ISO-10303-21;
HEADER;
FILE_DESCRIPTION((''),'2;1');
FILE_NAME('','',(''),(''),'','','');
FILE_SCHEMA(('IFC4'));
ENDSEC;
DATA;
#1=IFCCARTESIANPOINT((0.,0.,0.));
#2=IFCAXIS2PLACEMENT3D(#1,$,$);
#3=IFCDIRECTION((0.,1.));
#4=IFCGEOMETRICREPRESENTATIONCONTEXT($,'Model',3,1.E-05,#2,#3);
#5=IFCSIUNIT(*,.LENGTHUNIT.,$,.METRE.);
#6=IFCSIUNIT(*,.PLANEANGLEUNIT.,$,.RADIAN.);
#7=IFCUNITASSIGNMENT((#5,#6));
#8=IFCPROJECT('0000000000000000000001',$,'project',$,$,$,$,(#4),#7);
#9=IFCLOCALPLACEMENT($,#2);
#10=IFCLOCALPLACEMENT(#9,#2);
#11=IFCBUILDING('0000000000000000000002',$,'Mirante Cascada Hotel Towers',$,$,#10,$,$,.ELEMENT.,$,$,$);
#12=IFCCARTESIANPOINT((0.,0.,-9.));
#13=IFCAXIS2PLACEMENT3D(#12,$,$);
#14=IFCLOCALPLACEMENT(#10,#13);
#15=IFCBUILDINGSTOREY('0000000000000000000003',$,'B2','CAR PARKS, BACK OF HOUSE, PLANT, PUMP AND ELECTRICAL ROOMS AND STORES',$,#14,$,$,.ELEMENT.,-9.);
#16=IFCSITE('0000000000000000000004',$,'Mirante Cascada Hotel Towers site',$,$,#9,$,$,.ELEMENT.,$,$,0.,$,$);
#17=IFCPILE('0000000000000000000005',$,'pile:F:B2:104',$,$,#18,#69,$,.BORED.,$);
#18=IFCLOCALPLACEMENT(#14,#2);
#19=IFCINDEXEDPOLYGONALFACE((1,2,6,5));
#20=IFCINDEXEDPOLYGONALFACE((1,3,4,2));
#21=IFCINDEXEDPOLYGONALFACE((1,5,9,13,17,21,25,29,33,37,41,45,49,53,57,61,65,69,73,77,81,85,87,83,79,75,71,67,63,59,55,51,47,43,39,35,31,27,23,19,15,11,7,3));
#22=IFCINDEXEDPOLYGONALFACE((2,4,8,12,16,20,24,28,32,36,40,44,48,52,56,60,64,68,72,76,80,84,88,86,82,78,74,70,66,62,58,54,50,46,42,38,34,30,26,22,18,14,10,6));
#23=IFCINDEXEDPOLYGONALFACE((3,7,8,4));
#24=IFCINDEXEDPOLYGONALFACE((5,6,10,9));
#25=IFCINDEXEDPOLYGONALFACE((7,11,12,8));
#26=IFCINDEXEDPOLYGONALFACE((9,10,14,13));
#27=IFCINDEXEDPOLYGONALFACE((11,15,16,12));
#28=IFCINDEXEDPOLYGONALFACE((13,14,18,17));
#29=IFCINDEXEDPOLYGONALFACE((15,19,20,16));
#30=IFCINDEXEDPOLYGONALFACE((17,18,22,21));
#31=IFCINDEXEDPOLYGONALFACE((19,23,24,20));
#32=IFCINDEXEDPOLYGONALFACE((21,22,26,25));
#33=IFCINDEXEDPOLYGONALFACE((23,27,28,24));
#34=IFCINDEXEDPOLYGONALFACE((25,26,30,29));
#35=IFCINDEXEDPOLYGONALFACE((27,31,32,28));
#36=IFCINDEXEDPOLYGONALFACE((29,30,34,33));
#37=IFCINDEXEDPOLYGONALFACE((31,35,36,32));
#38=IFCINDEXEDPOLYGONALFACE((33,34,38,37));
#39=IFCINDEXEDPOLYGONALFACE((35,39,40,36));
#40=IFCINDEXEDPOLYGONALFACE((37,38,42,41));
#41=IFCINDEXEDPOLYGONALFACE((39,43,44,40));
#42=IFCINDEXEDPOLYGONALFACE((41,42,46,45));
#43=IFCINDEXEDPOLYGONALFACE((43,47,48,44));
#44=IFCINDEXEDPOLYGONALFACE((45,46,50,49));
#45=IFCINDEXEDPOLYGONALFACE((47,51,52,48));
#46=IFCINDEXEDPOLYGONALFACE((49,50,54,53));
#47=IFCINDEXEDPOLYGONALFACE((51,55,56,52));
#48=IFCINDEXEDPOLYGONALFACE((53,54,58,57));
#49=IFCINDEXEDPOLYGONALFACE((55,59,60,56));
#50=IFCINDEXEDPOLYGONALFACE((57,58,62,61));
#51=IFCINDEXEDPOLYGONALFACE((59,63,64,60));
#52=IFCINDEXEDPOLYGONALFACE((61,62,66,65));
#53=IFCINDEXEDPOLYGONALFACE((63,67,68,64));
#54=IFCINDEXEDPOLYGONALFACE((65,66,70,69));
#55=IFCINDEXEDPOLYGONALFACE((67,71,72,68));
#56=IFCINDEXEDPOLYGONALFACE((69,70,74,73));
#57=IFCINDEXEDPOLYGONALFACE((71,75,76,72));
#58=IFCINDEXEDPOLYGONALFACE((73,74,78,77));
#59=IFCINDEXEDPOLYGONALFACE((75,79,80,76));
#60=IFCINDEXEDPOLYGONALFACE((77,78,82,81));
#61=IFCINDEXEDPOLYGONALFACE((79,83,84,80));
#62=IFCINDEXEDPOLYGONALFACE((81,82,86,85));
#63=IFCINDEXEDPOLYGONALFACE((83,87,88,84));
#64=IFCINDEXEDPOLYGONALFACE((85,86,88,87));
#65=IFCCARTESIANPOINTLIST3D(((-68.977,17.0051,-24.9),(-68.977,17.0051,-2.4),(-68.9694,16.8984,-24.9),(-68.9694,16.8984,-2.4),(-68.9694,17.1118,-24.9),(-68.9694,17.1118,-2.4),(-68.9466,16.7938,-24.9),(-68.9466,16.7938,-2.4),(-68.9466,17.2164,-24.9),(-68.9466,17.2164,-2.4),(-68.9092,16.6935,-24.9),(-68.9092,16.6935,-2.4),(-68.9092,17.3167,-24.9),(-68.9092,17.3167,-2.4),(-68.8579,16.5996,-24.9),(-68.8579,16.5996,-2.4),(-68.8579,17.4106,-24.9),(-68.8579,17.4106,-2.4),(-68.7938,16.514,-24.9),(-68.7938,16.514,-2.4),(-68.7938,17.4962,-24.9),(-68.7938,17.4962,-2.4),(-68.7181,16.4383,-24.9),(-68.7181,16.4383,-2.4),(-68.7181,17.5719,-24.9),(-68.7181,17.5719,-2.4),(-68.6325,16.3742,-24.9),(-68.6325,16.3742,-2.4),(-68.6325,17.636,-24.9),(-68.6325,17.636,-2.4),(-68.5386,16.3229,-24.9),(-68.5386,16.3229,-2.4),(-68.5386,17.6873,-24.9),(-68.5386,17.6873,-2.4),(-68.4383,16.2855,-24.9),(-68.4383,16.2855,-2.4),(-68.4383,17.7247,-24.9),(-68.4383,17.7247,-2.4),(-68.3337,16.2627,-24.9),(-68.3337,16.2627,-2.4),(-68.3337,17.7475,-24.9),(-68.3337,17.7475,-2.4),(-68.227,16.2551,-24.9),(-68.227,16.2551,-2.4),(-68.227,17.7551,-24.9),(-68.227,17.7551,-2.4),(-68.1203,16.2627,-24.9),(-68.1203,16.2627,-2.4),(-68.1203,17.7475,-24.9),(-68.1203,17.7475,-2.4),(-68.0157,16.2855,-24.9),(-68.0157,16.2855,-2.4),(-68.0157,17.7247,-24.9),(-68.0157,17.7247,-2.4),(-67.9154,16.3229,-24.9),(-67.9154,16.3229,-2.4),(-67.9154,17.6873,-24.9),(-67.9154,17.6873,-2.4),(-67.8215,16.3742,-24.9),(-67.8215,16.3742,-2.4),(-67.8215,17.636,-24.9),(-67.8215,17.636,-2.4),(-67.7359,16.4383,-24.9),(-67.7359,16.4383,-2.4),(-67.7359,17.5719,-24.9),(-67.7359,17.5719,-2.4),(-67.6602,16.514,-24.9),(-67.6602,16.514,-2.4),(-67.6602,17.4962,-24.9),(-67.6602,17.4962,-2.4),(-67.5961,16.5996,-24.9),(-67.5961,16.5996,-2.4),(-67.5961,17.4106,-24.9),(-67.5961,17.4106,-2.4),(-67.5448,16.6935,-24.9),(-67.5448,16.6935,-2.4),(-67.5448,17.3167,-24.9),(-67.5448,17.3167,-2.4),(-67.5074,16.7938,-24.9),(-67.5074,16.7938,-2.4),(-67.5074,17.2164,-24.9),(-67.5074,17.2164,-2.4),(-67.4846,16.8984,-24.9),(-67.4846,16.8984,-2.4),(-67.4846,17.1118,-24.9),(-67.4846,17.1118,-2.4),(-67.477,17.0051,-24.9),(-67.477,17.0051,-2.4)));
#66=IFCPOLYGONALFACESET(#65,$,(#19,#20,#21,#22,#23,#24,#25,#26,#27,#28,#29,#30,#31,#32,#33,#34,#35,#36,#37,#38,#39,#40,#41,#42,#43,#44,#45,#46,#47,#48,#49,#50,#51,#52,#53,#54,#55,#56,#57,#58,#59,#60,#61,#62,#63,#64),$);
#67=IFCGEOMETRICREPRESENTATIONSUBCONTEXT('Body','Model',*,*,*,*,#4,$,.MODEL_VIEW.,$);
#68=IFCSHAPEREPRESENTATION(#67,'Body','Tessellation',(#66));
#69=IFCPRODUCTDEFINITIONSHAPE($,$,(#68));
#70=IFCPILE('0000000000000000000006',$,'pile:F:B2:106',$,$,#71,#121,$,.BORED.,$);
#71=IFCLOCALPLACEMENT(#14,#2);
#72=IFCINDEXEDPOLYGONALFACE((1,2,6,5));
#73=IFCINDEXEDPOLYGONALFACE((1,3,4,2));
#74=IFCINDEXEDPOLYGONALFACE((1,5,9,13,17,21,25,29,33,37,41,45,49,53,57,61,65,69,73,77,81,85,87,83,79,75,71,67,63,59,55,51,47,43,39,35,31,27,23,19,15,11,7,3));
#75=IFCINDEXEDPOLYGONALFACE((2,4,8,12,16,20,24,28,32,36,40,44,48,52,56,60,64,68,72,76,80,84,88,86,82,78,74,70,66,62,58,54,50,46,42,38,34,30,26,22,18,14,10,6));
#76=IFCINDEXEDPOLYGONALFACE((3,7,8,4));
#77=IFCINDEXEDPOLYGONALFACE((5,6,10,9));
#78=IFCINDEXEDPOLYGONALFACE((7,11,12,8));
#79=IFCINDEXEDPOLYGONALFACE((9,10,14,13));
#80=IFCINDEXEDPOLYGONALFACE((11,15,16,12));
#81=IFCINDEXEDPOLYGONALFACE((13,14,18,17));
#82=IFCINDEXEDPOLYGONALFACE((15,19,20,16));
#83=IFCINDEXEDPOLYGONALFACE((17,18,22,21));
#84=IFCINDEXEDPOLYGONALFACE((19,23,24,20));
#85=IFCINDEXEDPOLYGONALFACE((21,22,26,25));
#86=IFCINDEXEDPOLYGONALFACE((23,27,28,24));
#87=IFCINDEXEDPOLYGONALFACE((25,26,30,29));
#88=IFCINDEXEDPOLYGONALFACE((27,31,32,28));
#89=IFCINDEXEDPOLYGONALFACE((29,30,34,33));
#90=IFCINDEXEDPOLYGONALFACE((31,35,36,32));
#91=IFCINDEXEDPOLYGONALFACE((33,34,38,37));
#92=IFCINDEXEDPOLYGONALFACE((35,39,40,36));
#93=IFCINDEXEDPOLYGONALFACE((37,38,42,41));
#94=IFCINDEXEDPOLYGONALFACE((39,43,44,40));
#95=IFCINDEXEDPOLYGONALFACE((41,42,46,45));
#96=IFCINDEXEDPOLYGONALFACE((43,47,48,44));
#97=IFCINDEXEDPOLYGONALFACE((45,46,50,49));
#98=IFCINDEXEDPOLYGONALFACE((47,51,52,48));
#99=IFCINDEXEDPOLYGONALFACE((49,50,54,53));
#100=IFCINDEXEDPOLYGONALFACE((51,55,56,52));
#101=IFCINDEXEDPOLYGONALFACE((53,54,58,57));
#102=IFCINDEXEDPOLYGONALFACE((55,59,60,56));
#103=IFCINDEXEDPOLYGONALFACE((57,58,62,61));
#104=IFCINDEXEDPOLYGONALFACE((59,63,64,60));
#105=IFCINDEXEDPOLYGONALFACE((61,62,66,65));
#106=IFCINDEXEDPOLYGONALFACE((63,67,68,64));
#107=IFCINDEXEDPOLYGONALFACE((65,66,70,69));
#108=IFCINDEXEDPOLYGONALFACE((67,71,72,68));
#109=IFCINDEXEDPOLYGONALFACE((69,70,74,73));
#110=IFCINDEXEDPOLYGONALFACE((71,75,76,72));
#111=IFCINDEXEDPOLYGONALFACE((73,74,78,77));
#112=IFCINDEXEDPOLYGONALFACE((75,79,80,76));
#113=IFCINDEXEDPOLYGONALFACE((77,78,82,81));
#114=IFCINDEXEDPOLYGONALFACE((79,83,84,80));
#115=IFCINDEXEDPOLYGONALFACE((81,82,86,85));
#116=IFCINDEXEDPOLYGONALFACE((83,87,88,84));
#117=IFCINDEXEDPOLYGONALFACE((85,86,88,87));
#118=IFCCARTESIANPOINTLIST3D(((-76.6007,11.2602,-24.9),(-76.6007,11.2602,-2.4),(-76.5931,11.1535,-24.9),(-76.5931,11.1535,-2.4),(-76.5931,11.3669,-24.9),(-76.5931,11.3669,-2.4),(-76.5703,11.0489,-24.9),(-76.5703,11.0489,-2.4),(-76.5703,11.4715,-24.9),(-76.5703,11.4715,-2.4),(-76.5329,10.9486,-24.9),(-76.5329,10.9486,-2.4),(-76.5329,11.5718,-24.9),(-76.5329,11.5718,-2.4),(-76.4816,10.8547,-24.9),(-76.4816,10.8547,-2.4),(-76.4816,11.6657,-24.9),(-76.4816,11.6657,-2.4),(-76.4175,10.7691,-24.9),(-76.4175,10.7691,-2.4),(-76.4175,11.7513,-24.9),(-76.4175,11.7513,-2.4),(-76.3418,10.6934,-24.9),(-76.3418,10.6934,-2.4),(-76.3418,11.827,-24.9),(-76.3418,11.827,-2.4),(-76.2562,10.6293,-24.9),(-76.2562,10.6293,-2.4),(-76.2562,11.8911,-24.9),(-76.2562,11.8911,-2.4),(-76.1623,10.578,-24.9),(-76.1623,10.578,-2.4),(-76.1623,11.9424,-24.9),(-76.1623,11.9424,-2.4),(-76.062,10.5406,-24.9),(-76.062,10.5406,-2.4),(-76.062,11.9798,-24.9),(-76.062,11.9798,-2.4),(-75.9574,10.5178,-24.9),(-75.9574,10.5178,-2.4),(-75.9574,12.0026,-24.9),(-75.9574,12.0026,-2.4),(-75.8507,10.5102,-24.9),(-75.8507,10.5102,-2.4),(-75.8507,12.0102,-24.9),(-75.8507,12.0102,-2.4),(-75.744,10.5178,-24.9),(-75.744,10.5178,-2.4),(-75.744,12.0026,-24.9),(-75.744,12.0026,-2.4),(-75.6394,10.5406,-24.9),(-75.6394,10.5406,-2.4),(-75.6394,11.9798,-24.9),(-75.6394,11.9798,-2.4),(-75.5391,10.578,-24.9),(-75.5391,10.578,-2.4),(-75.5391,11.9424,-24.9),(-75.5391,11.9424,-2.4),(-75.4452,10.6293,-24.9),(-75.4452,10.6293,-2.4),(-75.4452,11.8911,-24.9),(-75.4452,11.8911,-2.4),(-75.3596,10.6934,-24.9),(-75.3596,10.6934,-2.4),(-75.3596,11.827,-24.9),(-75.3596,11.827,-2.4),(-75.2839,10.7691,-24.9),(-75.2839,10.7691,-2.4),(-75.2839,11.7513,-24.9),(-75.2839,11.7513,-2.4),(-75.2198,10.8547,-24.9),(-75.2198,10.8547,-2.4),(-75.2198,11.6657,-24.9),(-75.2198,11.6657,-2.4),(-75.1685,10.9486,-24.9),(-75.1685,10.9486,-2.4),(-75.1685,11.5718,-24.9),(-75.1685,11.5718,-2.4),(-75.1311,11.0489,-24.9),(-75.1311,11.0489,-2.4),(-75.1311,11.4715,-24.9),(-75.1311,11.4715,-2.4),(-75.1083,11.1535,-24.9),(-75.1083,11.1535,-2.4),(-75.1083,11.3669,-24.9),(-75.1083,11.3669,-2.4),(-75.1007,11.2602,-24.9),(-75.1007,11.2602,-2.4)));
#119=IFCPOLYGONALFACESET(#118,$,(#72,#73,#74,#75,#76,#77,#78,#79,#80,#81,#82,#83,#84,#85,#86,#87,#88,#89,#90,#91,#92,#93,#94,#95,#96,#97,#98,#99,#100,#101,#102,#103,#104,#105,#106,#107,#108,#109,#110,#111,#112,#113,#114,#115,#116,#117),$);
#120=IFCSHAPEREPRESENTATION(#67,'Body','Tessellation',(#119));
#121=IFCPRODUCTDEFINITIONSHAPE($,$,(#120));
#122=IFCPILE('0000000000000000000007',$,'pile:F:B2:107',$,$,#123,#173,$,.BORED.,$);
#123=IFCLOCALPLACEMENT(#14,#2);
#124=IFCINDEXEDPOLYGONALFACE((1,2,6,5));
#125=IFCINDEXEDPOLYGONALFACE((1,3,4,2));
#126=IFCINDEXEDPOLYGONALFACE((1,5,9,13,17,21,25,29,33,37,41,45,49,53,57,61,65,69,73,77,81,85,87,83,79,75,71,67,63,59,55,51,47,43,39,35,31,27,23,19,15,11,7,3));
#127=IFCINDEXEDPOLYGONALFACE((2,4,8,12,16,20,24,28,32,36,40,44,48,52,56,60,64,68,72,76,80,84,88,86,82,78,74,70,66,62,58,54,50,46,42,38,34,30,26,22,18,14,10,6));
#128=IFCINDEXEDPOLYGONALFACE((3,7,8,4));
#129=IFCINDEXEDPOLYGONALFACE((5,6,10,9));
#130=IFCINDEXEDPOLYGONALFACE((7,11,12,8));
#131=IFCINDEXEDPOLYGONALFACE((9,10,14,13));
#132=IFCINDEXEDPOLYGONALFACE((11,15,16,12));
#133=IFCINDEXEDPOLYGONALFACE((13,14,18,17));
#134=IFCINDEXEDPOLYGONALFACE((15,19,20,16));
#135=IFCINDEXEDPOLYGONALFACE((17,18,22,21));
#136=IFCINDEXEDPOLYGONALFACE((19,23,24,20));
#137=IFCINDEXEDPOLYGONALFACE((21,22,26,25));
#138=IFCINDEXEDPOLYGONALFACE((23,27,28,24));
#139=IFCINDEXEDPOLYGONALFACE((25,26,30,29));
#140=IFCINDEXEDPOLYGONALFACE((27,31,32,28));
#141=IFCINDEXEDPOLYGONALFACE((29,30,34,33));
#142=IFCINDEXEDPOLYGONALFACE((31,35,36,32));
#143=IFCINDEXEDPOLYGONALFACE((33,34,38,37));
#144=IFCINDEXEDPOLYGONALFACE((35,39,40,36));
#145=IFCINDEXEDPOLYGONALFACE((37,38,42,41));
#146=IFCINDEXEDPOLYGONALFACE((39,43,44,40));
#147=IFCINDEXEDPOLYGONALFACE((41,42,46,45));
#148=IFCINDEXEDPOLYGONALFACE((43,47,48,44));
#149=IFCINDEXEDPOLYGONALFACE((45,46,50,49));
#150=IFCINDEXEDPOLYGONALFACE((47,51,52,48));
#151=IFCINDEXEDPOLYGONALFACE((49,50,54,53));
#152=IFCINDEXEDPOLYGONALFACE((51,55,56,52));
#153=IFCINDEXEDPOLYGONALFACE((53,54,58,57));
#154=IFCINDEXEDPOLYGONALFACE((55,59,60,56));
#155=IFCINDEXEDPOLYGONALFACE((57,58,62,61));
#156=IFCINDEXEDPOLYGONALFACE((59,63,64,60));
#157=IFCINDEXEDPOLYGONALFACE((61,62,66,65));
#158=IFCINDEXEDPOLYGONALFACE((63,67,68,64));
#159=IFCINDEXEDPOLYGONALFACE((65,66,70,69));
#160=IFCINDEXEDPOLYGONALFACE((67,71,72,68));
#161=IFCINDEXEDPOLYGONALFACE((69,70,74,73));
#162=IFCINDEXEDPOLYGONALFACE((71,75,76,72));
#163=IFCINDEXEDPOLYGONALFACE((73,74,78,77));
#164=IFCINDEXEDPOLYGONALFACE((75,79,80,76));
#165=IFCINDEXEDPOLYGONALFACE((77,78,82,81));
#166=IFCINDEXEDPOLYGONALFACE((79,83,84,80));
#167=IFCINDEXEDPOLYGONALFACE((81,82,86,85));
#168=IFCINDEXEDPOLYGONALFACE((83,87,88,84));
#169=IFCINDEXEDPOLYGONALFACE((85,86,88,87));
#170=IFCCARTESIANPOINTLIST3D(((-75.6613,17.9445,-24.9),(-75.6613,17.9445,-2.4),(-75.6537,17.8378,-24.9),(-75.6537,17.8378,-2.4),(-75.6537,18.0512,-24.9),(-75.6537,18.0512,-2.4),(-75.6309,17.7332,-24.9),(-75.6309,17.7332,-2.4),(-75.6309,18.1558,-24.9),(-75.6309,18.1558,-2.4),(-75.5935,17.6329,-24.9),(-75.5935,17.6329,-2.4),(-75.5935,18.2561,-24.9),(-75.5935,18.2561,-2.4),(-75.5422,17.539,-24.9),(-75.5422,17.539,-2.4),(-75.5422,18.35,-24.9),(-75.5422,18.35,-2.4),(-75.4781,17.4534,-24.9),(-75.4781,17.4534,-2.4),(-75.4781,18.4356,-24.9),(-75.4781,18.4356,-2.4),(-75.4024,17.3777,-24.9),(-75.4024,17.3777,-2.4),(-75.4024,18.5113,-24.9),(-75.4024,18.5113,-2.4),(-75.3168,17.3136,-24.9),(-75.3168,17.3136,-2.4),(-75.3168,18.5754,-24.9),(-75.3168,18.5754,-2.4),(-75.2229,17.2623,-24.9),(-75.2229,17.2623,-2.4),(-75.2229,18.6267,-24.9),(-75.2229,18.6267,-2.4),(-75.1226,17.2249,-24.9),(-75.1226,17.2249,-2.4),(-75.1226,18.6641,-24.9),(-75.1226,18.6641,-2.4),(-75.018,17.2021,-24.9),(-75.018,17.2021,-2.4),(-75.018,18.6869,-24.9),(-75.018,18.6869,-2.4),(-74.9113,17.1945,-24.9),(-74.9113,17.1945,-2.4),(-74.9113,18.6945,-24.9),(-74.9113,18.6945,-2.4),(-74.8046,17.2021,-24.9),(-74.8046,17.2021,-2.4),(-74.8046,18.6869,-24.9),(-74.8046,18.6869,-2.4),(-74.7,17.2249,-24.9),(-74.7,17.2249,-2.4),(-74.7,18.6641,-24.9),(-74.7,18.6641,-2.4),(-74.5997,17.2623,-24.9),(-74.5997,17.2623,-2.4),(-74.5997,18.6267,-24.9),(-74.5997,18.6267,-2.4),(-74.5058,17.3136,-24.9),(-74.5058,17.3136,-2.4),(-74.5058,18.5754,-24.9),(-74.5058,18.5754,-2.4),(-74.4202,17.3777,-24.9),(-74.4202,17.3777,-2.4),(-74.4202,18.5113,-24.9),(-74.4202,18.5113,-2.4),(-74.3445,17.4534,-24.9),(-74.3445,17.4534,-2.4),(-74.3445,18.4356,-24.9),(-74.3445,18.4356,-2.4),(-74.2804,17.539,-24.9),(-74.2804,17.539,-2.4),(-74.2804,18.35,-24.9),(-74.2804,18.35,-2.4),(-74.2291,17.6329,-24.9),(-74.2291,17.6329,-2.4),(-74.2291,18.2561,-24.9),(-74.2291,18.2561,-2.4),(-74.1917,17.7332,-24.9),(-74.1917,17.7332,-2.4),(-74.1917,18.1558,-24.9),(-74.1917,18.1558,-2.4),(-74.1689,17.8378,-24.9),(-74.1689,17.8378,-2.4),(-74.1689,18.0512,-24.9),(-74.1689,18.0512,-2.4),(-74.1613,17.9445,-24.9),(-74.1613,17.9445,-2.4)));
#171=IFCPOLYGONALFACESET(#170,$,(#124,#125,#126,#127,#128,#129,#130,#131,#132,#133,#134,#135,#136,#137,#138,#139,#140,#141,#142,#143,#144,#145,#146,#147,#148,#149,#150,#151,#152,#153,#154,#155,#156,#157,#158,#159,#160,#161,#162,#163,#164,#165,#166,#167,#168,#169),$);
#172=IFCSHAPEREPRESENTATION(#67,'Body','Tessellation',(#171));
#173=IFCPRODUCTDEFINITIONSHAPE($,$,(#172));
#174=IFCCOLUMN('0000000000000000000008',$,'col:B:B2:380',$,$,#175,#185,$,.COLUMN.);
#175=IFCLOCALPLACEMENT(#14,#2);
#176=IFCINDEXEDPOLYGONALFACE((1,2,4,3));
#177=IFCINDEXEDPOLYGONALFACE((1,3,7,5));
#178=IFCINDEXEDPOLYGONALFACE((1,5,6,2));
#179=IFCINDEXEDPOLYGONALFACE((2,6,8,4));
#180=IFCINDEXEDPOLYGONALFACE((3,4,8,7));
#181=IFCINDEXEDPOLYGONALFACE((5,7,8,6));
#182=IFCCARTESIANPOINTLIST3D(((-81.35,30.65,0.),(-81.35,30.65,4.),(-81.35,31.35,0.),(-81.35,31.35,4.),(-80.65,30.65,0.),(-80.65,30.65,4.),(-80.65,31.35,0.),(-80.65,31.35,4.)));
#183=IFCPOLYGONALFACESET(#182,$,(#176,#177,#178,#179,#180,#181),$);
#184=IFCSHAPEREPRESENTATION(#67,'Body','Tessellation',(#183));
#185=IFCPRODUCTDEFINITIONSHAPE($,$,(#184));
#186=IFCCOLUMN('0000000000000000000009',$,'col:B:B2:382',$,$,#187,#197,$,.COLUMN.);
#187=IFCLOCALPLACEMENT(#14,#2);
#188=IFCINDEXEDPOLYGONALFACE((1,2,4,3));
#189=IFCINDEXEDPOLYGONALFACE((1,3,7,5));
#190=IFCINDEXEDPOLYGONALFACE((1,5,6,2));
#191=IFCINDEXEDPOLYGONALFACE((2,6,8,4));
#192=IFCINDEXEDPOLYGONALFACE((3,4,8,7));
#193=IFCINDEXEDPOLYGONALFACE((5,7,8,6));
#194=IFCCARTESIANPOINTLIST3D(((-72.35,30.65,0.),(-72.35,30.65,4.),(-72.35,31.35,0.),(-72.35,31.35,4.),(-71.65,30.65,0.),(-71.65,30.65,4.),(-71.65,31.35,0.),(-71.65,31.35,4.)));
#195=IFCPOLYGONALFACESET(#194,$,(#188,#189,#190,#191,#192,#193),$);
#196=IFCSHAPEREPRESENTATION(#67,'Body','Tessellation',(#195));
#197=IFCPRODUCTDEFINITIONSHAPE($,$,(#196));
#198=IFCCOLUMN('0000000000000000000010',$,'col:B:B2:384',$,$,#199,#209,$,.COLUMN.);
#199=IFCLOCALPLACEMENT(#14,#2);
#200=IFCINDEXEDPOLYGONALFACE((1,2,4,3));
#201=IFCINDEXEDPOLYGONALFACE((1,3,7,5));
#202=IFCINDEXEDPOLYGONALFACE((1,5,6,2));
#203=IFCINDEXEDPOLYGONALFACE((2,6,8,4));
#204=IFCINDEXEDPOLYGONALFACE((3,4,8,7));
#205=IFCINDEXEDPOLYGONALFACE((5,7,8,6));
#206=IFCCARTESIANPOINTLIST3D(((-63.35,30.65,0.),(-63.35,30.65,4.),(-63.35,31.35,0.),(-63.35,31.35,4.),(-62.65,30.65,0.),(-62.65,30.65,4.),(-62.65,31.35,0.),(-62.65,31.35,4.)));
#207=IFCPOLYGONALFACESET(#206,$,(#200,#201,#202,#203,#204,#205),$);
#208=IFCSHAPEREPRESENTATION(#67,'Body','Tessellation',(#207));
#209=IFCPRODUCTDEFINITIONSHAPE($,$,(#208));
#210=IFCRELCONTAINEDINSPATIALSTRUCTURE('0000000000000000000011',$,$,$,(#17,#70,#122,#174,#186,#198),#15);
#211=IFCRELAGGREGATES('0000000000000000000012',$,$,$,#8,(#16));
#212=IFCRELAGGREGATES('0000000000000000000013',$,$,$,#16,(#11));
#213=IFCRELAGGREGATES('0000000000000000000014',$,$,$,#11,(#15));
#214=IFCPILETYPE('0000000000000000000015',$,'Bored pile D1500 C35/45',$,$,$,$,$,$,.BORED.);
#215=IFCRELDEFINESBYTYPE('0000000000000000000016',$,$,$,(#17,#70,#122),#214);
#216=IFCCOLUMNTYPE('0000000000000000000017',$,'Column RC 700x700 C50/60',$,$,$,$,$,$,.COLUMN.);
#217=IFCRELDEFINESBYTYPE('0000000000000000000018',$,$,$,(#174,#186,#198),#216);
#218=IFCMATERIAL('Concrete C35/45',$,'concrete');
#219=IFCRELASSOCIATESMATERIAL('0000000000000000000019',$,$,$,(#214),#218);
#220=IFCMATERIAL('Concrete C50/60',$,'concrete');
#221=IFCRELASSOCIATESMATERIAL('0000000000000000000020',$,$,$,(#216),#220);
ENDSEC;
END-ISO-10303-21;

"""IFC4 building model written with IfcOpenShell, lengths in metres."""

from ifc_helpers import new_model, si_unit, direction, frame, origin, origin_2d, place, context, subcontext, project, spatial, rectangle, circle, extrude, material, material_profile, profile_set, type_object, element, save


model = new_model("IFC4")

# Units and contexts
model_context = context("Model", 3, precision=1e-05, world=origin(), true_north=direction((0.0, 1.0)))
body_context = subcontext(model_context, "Body", "Model", "MODEL_VIEW")
ifc_project = project(units=[si_unit("LENGTHUNIT", "METRE"), si_unit("PLANEANGLEUNIT", "RADIAN")], contexts=[model_context])

# Site, building, storey
site_placement = place(None, origin())
site = spatial("IfcSite", under=ifc_project, at=site_placement, Name="Mirante Cascada Hotel Towers site", CompositionType="ELEMENT", RefElevation=0.0)
building_placement = place(site_placement, origin())
building = spatial("IfcBuilding", under=site, at=building_placement, Name="Mirante Cascada Hotel Towers", CompositionType="ELEMENT")
storey_placement = place(building_placement, frame((0.0, 0.0, -9.0)))
storey = spatial("IfcBuildingStorey", under=building, at=storey_placement, Name="B2", Description="CAR PARKS, BACK OF HOUSE, PLANT, PUMP AND ELECTRICAL ROOMS AND STORES", CompositionType="ELEMENT", Elevation=-9.0)

# Piles
ifc_material_1 = material(Name="Concrete C35/45", Category="concrete")
ifc_material_profile_1 = material_profile(ifc_material_1, circle(Radius=0.75, at=origin_2d()), Name="RC D1500")
ifc_profile_set_1 = profile_set([ifc_material_profile_1], Name="Concrete C35/45")
pile_type = type_object("IfcPileType", Name="Bored pile D1500 C35/45", PredefinedType="BORED", material=ifc_profile_set_1)
for number, where, z_axis, x_axis, name in (
    (1, (-68.227, 17.0051, -2.4), (0.0, 0.0, -1.0), (1.0, 0.0, 0.0), "pile:F:B2:104"),
    (2, (-75.8507, 11.2602, -2.4), (0.0, 0.0, -1.0), (1.0, 0.0, 0.0), "pile:F:B2:106"),
    (3, (-74.9113, 17.9445, -2.4), (0.0, 0.0, -1.0), (1.0, 0.0, 0.0), "pile:F:B2:107"),
):
    element("IfcPile", number, at=place(storey_placement, frame(where, z_axis=z_axis, x_axis=x_axis)), inside=storey, type_object=pile_type, Name=name, PredefinedType="BORED", context=body_context, shape_type="SweptSolid", body=[
        extrude(circle(Radius=0.75, at=origin_2d()), origin(), (0.0, 0.0, 1.0), 22.5),
    ])

# Columns
ifc_material_2 = material(Name="Concrete C50/60", Category="concrete")
ifc_material_profile_2 = material_profile(ifc_material_2, rectangle(XDim=0.7, YDim=0.7, at=origin_2d()), Name="RC 700x700")
ifc_profile_set_2 = profile_set([ifc_material_profile_2], Name="Concrete C50/60")
column_type_1 = type_object("IfcColumnType", Name="Column RC 700x700 C50/60", PredefinedType="COLUMN", material=ifc_profile_set_2)
for number, where, z_axis, x_axis, name in (
    (4, (-81.0, 31.0, 0.0), (0.0, 0.0, 1.0), (1.0, 0.0, 0.0), "col:B:B2:380"),
    (5, (-72.0, 31.0, 0.0), (0.0, 0.0, 1.0), (1.0, 0.0, 0.0), "col:B:B2:382"),
    (6, (-63.0, 31.0, 0.0), (0.0, 0.0, 1.0), (1.0, 0.0, 0.0), "col:B:B2:384"),
):
    element("IfcColumn", number, at=place(storey_placement, frame(where, z_axis=z_axis, x_axis=x_axis)), inside=storey, type_object=column_type_1, Name=name, PredefinedType="COLUMN", context=body_context, shape_type="SweptSolid", body=[
        extrude(rectangle(XDim=0.7, YDim=0.7, at=origin_2d()), origin(), (0.0, 0.0, 1.0), 4.0),
    ])

save(model, "model.ifc")
